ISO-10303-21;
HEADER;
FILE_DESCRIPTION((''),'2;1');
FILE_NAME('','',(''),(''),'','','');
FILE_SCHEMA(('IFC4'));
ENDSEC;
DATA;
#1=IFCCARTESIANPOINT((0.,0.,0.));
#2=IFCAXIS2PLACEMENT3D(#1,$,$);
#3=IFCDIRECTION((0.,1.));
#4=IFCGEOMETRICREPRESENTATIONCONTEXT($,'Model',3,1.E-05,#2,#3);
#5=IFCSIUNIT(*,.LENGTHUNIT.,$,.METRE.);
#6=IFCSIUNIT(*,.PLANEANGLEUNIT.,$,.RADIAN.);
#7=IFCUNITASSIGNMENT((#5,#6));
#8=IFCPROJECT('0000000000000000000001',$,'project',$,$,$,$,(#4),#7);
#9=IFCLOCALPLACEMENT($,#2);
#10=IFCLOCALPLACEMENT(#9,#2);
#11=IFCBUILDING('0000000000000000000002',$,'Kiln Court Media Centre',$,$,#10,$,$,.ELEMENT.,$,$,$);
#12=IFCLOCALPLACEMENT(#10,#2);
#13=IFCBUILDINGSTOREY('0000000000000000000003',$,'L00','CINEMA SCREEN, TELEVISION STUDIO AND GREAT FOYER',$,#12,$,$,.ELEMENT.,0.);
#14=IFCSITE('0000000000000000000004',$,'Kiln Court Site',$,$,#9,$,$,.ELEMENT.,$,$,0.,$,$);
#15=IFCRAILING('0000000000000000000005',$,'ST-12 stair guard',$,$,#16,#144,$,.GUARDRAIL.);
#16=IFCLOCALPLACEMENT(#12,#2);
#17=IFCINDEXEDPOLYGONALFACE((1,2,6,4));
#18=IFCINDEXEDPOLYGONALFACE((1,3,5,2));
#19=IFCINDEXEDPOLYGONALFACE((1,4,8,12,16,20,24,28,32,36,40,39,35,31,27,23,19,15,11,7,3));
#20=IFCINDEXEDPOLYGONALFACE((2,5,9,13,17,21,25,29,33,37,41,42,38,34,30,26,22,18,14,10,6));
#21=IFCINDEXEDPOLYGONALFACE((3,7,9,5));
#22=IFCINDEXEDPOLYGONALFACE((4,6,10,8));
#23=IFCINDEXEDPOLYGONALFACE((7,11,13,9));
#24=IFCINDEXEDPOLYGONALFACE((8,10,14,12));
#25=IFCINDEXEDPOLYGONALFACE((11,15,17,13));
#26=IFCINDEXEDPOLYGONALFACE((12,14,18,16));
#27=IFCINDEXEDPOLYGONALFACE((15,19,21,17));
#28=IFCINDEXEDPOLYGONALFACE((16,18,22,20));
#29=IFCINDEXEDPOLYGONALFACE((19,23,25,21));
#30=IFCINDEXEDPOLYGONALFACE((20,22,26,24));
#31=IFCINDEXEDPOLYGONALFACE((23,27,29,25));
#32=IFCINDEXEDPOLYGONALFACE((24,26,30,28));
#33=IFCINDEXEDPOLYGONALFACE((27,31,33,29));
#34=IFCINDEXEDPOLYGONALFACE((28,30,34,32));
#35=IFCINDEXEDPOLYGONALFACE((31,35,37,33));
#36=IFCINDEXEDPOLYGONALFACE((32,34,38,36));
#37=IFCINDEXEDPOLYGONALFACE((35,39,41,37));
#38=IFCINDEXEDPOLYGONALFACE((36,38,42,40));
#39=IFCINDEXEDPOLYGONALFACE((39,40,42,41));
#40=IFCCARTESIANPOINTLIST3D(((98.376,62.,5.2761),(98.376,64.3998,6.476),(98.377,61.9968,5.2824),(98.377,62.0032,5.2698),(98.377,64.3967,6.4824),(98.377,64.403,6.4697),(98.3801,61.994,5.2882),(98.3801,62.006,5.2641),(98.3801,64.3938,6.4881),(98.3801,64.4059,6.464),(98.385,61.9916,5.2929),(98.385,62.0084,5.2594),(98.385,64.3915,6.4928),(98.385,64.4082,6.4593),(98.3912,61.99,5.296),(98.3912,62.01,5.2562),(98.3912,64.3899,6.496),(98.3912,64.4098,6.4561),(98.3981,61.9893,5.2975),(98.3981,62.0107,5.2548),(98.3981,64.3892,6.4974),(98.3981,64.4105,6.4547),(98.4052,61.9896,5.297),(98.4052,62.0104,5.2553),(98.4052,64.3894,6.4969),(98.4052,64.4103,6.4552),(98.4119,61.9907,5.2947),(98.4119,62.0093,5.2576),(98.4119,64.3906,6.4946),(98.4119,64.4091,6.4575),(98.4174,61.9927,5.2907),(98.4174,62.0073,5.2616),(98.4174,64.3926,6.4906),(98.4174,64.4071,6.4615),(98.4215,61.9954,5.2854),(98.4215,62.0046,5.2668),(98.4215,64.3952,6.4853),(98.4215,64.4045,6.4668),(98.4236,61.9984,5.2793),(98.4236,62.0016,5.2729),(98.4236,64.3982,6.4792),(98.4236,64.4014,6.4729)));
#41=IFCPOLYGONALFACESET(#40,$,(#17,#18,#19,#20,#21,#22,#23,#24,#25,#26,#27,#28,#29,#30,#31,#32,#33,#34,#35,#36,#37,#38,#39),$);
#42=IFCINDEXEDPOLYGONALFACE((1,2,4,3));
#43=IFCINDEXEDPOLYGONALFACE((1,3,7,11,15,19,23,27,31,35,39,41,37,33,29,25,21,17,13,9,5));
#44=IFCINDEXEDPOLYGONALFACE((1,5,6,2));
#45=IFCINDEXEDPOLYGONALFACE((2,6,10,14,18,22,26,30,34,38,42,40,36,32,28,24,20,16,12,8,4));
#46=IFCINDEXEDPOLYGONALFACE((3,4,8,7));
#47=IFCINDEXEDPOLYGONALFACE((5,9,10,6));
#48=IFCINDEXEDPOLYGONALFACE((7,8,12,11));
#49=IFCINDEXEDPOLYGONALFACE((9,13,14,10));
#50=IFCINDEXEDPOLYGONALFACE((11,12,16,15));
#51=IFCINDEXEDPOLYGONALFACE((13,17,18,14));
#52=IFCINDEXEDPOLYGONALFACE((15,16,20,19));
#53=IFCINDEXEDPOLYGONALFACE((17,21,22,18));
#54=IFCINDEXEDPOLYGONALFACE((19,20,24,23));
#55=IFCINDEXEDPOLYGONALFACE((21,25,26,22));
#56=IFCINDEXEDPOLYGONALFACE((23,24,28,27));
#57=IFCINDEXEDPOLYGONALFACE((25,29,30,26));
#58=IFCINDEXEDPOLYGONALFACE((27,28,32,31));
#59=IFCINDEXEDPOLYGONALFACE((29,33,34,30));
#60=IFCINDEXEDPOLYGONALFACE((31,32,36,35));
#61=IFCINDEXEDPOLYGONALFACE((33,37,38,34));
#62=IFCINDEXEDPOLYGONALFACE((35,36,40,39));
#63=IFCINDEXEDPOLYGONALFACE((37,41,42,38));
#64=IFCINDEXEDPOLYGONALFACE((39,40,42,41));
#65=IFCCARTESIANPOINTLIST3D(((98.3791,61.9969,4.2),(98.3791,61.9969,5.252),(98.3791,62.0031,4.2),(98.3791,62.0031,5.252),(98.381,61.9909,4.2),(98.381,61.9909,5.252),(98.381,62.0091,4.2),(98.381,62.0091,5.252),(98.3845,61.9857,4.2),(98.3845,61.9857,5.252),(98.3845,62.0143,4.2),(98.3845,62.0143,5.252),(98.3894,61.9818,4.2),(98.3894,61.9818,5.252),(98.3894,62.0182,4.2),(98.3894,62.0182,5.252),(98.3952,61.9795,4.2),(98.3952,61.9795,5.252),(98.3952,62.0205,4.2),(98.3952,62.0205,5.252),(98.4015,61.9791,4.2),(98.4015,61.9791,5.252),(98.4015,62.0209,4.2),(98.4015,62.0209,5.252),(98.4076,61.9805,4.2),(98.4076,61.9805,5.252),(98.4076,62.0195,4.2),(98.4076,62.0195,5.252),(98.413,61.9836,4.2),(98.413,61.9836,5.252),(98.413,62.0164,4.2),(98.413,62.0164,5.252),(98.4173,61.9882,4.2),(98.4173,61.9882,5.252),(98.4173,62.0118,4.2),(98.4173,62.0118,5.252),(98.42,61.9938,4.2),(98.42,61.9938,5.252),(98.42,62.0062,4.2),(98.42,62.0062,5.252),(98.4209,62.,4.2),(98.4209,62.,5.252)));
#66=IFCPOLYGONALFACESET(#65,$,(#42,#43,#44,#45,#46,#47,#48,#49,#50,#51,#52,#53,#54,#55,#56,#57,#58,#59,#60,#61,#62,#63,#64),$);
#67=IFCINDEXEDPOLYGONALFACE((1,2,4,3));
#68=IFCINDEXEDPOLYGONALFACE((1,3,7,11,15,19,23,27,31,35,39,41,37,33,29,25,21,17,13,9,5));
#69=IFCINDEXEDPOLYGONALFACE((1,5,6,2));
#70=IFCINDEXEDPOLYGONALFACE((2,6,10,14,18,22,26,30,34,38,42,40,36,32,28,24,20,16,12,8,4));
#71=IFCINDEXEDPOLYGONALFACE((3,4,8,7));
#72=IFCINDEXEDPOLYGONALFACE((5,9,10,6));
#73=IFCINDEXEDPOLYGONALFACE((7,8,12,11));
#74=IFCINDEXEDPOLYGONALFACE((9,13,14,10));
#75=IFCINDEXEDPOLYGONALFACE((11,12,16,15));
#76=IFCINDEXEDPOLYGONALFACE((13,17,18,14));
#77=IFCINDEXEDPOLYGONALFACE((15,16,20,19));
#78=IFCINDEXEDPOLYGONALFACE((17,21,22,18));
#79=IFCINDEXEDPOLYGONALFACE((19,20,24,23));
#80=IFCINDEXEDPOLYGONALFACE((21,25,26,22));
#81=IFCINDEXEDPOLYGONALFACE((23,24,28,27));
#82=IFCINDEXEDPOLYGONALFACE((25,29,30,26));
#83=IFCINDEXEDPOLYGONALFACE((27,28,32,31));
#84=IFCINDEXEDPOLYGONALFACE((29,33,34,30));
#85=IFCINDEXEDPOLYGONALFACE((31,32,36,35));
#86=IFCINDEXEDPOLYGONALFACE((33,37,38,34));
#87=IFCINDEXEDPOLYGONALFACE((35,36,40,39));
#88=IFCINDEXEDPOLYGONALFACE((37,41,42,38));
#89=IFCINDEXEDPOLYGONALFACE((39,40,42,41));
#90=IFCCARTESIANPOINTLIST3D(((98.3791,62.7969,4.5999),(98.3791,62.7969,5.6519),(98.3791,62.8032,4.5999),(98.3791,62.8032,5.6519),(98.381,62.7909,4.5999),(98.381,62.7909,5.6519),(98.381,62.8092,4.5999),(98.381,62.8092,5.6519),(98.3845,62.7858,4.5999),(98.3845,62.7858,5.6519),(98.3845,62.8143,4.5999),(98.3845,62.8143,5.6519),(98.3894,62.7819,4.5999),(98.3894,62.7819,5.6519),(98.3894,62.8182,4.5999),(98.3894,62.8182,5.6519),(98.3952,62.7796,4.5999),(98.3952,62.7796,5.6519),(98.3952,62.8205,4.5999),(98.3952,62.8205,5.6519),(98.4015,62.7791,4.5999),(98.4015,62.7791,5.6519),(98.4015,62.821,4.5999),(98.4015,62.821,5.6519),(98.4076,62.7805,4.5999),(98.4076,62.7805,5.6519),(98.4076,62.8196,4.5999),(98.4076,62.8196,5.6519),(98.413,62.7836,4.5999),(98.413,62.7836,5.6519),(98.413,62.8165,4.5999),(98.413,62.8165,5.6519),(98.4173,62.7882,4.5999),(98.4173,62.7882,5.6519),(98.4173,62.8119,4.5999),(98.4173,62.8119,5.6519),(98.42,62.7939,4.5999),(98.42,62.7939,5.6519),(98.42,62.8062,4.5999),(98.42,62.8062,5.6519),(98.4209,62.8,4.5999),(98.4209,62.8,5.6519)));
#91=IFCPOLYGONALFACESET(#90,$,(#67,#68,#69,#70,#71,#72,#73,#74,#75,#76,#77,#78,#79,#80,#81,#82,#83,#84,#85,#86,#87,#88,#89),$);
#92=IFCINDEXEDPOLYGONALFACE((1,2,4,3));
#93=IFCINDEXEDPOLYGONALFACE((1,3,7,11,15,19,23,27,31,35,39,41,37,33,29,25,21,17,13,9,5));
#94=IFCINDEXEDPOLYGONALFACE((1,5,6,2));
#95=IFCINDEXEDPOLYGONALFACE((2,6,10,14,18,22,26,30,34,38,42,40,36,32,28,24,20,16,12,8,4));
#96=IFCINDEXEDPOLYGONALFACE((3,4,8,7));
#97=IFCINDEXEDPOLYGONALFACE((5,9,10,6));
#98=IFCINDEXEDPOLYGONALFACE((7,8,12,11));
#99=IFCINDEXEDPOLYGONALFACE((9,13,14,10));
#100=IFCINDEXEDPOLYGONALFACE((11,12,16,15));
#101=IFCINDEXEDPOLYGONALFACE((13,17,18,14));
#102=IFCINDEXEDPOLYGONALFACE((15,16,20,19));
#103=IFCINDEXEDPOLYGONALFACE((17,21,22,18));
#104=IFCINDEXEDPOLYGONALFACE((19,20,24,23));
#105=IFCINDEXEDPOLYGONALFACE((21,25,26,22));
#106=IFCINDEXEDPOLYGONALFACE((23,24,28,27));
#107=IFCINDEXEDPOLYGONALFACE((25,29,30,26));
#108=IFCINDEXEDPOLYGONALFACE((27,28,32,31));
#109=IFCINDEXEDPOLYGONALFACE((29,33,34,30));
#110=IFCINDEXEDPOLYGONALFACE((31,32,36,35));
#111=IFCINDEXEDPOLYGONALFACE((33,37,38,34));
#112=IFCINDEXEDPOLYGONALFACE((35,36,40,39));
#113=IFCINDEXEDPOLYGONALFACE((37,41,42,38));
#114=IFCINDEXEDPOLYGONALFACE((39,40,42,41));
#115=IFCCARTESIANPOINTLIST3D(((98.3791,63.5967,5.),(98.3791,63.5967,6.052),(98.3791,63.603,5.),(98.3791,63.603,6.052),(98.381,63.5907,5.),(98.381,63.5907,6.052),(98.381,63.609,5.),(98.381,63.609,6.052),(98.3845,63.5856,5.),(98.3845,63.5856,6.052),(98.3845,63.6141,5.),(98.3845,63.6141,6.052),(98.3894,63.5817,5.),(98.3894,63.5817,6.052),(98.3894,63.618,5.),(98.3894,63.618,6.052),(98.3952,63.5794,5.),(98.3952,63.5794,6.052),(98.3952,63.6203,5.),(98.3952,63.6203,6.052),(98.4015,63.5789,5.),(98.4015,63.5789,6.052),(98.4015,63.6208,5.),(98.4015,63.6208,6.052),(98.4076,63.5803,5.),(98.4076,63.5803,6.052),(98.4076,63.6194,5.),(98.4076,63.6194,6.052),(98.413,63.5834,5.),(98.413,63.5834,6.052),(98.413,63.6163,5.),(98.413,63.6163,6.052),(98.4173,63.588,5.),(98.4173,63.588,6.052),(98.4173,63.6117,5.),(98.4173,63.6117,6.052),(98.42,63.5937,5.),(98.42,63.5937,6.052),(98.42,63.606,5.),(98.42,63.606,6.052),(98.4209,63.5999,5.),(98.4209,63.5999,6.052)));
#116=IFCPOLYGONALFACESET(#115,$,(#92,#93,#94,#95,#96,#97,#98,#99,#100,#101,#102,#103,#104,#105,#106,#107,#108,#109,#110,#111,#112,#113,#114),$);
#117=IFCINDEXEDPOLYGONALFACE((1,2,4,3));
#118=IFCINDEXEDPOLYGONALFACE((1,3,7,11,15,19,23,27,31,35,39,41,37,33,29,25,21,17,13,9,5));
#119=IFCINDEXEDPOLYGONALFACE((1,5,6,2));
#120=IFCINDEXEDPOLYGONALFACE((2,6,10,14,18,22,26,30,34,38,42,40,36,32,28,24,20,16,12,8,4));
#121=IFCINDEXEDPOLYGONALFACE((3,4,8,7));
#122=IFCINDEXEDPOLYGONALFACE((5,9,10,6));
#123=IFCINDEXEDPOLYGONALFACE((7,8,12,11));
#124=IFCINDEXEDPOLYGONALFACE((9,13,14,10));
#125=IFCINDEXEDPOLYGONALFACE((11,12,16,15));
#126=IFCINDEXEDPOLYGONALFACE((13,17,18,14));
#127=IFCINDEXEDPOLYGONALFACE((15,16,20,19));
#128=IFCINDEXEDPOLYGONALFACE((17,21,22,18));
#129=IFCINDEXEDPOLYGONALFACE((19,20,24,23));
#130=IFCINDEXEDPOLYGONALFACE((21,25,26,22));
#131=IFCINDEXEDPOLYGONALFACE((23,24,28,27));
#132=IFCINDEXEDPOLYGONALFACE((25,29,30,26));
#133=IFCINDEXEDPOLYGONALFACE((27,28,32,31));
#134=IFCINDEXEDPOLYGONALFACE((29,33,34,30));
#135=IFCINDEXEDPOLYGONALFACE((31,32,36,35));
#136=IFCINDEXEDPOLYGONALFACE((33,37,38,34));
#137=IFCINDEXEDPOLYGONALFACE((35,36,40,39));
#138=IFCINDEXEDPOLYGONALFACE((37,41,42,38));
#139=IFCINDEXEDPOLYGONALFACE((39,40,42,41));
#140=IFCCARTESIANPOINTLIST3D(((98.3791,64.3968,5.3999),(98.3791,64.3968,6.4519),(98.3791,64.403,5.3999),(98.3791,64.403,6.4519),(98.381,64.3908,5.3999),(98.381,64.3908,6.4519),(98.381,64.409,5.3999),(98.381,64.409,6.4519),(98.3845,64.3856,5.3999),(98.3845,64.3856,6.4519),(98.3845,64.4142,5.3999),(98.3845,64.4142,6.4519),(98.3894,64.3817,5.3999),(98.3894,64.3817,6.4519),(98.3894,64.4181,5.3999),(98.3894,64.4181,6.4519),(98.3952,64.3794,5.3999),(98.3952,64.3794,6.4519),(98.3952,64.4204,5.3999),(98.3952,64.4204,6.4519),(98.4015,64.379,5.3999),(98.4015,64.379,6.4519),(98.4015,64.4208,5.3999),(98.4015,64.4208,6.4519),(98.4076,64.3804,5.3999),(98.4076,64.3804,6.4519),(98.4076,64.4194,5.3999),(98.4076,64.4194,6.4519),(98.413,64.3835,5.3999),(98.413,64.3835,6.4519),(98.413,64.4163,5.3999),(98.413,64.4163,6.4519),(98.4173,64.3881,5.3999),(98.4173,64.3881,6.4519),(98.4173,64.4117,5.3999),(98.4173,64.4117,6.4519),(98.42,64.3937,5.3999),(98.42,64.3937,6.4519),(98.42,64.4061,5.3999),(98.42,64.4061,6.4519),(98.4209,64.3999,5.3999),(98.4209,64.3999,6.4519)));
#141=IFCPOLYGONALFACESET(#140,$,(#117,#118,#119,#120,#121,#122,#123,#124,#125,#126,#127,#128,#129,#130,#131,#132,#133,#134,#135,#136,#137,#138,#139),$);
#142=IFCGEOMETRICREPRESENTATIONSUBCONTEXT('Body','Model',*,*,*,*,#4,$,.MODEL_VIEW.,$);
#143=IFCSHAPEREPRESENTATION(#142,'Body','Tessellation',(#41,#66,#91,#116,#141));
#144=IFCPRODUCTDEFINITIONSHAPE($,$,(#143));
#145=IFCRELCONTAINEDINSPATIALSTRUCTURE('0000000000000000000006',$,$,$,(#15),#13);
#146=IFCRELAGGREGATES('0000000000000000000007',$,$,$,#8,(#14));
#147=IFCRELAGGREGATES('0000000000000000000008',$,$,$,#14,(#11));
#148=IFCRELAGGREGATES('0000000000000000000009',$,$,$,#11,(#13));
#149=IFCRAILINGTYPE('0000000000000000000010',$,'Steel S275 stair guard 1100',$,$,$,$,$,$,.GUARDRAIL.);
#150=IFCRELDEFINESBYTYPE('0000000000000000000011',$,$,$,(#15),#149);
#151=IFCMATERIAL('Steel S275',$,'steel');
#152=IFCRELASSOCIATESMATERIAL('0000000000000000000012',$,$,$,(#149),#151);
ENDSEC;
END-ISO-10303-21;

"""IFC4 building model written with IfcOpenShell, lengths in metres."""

from ifc_helpers import new_model, si_unit, direction, frame, origin, origin_2d, place, context, subcontext, project, spatial, circle, extrude, material, type_object, element, save


model = new_model("IFC4")

# Units and contexts
model_context = context("Model", 3, precision=1e-05, world=origin(), true_north=direction((0.0, 1.0)))
body_context = subcontext(model_context, "Body", "Model", "MODEL_VIEW")
ifc_project = project(units=[si_unit("LENGTHUNIT", "METRE"), si_unit("PLANEANGLEUNIT", "RADIAN")], contexts=[model_context])

# Site, building, storey
site_placement = place(None, origin())
site = spatial("IfcSite", under=ifc_project, at=site_placement, Name="Kiln Court Site", CompositionType="ELEMENT", RefElevation=0.0)
building_placement = place(site_placement, origin())
building = spatial("IfcBuilding", under=site, at=building_placement, Name="Kiln Court Media Centre", CompositionType="ELEMENT")
storey_placement = place(building_placement, origin())
storey = spatial("IfcBuildingStorey", under=building, at=storey_placement, Name="L00", Description="CINEMA SCREEN, TELEVISION STUDIO AND GREAT FOYER", CompositionType="ELEMENT", Elevation=0.0)

# Railing
ifc_material_1 = material(Name="Steel S275", Category="steel")
railing_type = type_object("IfcRailingType", Name="Steel S275 stair guard 1100", PredefinedType="GUARDRAIL", material=ifc_material_1)
railing_1_placement = place(storey_placement, frame((98.3999, 62.0, 4.2)))
element("IfcRailing", 1, at=railing_1_placement, inside=storey, type_object=railing_type, Name="ST-12 stair guard", PredefinedType="GUARDRAIL", context=body_context, shape_type="SweptSolid", body=[
    extrude(circle(Radius=0.0239, at=origin_2d()), frame((0.0, 0.0, 1.0762), z_axis=(0.0, 0.894427, 0.447214), x_axis=(-1.0, 0.0, 0.0)), (0.0, 0.0, 1.0), 2.6831),
    extrude(circle(Radius=0.021, at=origin_2d()), origin(), (0.0, 0.0, 1.0), 1.052),
    extrude(circle(Radius=0.021, at=origin_2d()), frame((0.0, 0.8, 0.3999)), (0.0, 0.0, 1.0), 1.052),
    extrude(circle(Radius=0.021, at=origin_2d()), frame((0.0, 1.5999, 0.8)), (0.0, 0.0, 1.0), 1.052),
    extrude(circle(Radius=0.021, at=origin_2d()), frame((0.0, 2.3999, 1.2)), (0.0, 0.0, 1.0), 1.052),
])

save(model, "model.ifc")
